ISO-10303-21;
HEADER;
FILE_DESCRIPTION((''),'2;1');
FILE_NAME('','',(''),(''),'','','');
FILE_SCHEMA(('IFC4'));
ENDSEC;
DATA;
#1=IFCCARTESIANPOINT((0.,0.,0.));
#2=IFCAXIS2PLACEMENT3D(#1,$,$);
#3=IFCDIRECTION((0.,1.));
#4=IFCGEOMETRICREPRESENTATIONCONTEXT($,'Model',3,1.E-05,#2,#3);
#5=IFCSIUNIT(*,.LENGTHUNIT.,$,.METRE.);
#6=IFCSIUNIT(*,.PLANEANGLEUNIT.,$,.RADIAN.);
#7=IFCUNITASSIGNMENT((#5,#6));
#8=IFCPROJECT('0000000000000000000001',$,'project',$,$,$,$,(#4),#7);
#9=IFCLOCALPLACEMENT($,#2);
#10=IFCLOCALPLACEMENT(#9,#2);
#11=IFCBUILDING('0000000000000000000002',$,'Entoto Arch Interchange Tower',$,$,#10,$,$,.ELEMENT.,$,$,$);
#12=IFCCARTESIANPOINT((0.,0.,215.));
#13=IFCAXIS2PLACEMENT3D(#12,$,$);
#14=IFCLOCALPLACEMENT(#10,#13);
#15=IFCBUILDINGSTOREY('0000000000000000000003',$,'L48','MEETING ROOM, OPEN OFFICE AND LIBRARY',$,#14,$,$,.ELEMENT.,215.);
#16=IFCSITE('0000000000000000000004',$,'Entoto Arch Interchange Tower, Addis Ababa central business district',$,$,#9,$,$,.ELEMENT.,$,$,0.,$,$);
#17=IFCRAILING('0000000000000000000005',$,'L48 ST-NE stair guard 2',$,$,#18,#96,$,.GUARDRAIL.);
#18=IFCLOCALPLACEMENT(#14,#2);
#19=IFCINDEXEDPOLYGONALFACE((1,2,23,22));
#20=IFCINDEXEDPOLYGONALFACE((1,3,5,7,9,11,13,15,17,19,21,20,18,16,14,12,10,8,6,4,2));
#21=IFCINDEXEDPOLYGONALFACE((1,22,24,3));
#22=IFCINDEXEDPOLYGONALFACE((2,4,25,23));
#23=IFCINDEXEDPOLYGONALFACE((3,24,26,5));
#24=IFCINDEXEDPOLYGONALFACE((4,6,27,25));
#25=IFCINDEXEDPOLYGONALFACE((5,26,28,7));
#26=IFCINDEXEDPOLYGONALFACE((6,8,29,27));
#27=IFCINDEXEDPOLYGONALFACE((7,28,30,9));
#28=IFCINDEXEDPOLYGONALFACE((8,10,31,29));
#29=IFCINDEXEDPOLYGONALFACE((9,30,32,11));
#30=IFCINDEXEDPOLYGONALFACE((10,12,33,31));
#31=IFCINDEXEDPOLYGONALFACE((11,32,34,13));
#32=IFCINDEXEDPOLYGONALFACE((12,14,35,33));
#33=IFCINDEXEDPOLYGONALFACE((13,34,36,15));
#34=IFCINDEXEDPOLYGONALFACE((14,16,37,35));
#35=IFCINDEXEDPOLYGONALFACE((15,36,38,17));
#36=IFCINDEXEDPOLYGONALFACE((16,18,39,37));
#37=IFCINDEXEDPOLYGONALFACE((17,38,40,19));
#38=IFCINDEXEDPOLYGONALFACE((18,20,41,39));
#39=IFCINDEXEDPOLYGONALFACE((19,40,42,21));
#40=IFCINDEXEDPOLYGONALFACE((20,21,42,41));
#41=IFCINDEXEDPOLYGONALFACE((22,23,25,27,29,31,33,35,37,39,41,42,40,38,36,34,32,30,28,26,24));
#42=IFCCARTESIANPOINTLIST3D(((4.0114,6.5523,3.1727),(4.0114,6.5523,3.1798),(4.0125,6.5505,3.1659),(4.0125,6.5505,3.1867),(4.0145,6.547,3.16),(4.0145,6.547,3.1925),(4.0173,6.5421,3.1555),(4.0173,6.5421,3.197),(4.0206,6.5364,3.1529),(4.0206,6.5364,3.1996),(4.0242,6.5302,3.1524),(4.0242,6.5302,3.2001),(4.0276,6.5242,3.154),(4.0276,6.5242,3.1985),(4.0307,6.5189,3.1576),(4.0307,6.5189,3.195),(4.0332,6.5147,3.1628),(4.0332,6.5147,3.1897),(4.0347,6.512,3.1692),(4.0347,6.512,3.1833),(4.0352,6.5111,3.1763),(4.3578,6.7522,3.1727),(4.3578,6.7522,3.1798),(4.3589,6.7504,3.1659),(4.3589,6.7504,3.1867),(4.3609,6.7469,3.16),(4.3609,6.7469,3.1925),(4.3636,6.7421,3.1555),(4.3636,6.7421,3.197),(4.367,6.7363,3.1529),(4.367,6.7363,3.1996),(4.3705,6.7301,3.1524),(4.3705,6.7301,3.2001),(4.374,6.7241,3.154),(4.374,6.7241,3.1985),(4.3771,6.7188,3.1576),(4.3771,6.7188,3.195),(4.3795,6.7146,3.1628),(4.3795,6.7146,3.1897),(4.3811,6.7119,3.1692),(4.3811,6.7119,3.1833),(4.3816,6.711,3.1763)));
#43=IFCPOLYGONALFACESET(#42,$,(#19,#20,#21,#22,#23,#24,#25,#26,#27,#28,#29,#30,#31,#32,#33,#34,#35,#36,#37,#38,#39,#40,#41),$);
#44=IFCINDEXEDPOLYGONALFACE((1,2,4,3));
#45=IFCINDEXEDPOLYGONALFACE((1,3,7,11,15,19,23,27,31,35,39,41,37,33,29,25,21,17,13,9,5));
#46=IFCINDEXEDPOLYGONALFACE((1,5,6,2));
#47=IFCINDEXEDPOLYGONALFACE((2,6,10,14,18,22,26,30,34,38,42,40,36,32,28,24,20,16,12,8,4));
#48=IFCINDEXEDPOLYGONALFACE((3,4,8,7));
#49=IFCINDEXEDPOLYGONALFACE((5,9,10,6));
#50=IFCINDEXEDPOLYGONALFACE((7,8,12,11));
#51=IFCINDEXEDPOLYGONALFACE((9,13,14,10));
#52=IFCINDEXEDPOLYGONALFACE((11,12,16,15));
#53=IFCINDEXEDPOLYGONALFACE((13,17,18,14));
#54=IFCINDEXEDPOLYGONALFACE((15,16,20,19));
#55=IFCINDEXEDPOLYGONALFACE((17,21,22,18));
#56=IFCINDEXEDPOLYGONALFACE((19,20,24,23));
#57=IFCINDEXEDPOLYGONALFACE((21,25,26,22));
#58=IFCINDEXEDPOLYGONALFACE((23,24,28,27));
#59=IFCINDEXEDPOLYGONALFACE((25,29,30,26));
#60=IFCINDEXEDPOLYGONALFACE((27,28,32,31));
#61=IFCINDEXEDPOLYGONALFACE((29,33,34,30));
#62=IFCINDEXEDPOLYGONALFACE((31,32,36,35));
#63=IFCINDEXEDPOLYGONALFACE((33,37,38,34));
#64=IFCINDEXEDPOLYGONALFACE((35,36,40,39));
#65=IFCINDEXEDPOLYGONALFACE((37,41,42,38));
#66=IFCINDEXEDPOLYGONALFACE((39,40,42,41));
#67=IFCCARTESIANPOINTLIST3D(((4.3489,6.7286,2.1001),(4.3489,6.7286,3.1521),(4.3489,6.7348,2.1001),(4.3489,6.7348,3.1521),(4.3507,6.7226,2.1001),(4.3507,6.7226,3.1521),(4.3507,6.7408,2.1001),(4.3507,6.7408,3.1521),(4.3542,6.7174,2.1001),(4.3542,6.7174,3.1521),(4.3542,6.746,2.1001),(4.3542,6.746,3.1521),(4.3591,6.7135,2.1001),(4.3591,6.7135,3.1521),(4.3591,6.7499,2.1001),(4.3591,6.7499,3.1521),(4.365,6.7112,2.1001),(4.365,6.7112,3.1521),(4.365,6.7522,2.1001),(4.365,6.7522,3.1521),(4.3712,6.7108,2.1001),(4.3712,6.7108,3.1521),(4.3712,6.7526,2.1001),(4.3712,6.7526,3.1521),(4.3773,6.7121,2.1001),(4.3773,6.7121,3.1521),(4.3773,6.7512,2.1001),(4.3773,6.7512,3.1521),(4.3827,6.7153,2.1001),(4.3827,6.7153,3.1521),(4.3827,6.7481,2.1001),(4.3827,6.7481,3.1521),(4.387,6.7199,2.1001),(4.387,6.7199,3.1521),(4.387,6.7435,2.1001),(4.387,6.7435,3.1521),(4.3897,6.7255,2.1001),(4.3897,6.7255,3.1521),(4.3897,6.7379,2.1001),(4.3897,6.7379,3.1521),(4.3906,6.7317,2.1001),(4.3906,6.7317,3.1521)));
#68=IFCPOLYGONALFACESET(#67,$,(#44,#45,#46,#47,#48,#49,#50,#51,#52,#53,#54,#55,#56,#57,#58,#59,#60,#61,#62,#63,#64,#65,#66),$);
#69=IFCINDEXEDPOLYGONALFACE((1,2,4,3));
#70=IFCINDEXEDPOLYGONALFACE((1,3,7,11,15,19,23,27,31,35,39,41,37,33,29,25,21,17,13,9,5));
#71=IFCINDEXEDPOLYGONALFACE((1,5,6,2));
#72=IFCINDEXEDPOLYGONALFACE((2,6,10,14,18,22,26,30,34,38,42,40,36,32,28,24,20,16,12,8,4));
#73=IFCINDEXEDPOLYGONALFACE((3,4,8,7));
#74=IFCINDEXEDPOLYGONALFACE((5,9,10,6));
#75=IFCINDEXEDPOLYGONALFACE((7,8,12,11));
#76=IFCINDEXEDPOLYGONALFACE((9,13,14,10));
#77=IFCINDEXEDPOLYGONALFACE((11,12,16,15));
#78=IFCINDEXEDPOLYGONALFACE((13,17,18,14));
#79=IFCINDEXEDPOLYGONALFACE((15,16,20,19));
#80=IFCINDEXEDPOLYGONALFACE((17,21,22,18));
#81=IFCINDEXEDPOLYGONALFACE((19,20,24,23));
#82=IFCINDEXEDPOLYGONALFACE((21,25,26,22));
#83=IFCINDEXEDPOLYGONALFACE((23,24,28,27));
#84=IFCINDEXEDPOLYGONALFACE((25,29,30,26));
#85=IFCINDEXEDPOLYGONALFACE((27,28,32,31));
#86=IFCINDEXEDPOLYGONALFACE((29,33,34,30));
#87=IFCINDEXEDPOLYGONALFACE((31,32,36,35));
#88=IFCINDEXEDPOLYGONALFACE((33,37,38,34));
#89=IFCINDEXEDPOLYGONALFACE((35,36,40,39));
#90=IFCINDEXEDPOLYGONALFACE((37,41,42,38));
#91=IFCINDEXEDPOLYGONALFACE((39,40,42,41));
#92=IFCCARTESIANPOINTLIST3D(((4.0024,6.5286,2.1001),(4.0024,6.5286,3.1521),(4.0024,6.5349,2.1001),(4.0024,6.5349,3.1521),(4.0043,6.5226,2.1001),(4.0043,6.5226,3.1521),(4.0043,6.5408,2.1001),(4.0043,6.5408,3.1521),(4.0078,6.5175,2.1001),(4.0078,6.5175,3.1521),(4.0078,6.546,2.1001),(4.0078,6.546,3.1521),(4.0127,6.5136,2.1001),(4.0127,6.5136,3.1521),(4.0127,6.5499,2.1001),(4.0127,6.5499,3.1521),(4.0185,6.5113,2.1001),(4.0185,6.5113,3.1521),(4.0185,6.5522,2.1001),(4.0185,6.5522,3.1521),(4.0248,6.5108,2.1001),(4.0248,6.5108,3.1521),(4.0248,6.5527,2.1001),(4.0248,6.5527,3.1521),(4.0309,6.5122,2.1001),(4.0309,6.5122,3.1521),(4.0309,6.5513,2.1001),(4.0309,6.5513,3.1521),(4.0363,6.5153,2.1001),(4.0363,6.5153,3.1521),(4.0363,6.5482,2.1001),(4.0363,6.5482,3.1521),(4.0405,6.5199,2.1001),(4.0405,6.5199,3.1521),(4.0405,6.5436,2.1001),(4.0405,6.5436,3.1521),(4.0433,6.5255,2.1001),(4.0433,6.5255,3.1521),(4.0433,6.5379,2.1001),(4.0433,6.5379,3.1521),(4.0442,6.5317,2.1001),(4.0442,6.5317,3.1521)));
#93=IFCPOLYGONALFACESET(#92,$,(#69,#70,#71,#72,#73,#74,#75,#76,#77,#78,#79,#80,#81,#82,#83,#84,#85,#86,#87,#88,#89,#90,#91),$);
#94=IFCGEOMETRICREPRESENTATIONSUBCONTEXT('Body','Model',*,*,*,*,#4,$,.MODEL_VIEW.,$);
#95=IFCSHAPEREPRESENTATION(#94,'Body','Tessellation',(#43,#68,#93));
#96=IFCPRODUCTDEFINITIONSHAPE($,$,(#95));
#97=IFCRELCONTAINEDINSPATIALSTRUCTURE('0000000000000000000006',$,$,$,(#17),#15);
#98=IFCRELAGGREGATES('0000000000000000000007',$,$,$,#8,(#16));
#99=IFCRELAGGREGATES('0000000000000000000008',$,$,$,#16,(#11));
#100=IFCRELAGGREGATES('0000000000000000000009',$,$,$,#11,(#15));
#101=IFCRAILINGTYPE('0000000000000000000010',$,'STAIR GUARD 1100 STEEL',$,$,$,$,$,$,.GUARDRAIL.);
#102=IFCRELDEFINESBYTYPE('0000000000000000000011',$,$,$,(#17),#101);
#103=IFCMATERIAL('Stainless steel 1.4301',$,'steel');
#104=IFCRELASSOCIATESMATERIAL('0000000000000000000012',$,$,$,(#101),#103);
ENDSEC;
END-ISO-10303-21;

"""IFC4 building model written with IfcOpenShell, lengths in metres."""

from ifc_helpers import new_model, si_unit, direction, frame, origin, origin_2d, place, context, subcontext, project, spatial, circle, extrude, material, type_object, element, save


model = new_model("IFC4")

# Units and contexts
model_context = context("Model", 3, precision=1e-05, world=origin(), true_north=direction((0.0, 1.0)))
body_context = subcontext(model_context, "Body", "Model", "MODEL_VIEW")
ifc_project = project(units=[si_unit("LENGTHUNIT", "METRE"), si_unit("PLANEANGLEUNIT", "RADIAN")], contexts=[model_context])

# Site, building, storey
site_placement = place(None, origin())
site = spatial("IfcSite", under=ifc_project, at=site_placement, Name="Entoto Arch Interchange Tower, Addis Ababa central business district", CompositionType="ELEMENT", RefElevation=0.0)
building_placement = place(site_placement, origin())
building = spatial("IfcBuilding", under=site, at=building_placement, Name="Entoto Arch Interchange Tower", CompositionType="ELEMENT")
storey_placement = place(building_placement, frame((0.0, 0.0, 215.0)))
storey = spatial("IfcBuildingStorey", under=building, at=storey_placement, Name="L48", Description="MEETING ROOM, OPEN OFFICE AND LIBRARY", CompositionType="ELEMENT", Elevation=215.0)

# Railing
ifc_material_1 = material(Name="Stainless steel 1.4301", Category="steel")
railing_type_1 = type_object("IfcRailingType", Name="STAIR GUARD 1100 STEEL", PredefinedType="GUARDRAIL", material=ifc_material_1)
railing_1_placement = place(storey_placement, frame((4.3696, 6.7317, 2.1001)))
element("IfcRailing", 1, at=railing_1_placement, inside=storey, type_object=railing_type_1, Name="L48 ST-NE stair guard 2", PredefinedType="GUARDRAIL", context=body_context, shape_type="SweptSolid", body=[
    extrude(circle(Radius=0.0239, at=origin_2d()), frame((0.0, 0.0, 1.0762), z_axis=(-0.866094, -0.499881, 0.0), x_axis=(0.499881, -0.866094, 0.0)), (0.0, 0.0, 1.0), 0.3999),
    extrude(circle(Radius=0.021, at=origin_2d()), origin(), (0.0, 0.0, 1.0), 1.052),
    extrude(circle(Radius=0.021, at=origin_2d()), frame((-0.3464, -0.2, 0.0)), (0.0, 0.0, 1.0), 1.052),
])

save(model, "model.ifc")
